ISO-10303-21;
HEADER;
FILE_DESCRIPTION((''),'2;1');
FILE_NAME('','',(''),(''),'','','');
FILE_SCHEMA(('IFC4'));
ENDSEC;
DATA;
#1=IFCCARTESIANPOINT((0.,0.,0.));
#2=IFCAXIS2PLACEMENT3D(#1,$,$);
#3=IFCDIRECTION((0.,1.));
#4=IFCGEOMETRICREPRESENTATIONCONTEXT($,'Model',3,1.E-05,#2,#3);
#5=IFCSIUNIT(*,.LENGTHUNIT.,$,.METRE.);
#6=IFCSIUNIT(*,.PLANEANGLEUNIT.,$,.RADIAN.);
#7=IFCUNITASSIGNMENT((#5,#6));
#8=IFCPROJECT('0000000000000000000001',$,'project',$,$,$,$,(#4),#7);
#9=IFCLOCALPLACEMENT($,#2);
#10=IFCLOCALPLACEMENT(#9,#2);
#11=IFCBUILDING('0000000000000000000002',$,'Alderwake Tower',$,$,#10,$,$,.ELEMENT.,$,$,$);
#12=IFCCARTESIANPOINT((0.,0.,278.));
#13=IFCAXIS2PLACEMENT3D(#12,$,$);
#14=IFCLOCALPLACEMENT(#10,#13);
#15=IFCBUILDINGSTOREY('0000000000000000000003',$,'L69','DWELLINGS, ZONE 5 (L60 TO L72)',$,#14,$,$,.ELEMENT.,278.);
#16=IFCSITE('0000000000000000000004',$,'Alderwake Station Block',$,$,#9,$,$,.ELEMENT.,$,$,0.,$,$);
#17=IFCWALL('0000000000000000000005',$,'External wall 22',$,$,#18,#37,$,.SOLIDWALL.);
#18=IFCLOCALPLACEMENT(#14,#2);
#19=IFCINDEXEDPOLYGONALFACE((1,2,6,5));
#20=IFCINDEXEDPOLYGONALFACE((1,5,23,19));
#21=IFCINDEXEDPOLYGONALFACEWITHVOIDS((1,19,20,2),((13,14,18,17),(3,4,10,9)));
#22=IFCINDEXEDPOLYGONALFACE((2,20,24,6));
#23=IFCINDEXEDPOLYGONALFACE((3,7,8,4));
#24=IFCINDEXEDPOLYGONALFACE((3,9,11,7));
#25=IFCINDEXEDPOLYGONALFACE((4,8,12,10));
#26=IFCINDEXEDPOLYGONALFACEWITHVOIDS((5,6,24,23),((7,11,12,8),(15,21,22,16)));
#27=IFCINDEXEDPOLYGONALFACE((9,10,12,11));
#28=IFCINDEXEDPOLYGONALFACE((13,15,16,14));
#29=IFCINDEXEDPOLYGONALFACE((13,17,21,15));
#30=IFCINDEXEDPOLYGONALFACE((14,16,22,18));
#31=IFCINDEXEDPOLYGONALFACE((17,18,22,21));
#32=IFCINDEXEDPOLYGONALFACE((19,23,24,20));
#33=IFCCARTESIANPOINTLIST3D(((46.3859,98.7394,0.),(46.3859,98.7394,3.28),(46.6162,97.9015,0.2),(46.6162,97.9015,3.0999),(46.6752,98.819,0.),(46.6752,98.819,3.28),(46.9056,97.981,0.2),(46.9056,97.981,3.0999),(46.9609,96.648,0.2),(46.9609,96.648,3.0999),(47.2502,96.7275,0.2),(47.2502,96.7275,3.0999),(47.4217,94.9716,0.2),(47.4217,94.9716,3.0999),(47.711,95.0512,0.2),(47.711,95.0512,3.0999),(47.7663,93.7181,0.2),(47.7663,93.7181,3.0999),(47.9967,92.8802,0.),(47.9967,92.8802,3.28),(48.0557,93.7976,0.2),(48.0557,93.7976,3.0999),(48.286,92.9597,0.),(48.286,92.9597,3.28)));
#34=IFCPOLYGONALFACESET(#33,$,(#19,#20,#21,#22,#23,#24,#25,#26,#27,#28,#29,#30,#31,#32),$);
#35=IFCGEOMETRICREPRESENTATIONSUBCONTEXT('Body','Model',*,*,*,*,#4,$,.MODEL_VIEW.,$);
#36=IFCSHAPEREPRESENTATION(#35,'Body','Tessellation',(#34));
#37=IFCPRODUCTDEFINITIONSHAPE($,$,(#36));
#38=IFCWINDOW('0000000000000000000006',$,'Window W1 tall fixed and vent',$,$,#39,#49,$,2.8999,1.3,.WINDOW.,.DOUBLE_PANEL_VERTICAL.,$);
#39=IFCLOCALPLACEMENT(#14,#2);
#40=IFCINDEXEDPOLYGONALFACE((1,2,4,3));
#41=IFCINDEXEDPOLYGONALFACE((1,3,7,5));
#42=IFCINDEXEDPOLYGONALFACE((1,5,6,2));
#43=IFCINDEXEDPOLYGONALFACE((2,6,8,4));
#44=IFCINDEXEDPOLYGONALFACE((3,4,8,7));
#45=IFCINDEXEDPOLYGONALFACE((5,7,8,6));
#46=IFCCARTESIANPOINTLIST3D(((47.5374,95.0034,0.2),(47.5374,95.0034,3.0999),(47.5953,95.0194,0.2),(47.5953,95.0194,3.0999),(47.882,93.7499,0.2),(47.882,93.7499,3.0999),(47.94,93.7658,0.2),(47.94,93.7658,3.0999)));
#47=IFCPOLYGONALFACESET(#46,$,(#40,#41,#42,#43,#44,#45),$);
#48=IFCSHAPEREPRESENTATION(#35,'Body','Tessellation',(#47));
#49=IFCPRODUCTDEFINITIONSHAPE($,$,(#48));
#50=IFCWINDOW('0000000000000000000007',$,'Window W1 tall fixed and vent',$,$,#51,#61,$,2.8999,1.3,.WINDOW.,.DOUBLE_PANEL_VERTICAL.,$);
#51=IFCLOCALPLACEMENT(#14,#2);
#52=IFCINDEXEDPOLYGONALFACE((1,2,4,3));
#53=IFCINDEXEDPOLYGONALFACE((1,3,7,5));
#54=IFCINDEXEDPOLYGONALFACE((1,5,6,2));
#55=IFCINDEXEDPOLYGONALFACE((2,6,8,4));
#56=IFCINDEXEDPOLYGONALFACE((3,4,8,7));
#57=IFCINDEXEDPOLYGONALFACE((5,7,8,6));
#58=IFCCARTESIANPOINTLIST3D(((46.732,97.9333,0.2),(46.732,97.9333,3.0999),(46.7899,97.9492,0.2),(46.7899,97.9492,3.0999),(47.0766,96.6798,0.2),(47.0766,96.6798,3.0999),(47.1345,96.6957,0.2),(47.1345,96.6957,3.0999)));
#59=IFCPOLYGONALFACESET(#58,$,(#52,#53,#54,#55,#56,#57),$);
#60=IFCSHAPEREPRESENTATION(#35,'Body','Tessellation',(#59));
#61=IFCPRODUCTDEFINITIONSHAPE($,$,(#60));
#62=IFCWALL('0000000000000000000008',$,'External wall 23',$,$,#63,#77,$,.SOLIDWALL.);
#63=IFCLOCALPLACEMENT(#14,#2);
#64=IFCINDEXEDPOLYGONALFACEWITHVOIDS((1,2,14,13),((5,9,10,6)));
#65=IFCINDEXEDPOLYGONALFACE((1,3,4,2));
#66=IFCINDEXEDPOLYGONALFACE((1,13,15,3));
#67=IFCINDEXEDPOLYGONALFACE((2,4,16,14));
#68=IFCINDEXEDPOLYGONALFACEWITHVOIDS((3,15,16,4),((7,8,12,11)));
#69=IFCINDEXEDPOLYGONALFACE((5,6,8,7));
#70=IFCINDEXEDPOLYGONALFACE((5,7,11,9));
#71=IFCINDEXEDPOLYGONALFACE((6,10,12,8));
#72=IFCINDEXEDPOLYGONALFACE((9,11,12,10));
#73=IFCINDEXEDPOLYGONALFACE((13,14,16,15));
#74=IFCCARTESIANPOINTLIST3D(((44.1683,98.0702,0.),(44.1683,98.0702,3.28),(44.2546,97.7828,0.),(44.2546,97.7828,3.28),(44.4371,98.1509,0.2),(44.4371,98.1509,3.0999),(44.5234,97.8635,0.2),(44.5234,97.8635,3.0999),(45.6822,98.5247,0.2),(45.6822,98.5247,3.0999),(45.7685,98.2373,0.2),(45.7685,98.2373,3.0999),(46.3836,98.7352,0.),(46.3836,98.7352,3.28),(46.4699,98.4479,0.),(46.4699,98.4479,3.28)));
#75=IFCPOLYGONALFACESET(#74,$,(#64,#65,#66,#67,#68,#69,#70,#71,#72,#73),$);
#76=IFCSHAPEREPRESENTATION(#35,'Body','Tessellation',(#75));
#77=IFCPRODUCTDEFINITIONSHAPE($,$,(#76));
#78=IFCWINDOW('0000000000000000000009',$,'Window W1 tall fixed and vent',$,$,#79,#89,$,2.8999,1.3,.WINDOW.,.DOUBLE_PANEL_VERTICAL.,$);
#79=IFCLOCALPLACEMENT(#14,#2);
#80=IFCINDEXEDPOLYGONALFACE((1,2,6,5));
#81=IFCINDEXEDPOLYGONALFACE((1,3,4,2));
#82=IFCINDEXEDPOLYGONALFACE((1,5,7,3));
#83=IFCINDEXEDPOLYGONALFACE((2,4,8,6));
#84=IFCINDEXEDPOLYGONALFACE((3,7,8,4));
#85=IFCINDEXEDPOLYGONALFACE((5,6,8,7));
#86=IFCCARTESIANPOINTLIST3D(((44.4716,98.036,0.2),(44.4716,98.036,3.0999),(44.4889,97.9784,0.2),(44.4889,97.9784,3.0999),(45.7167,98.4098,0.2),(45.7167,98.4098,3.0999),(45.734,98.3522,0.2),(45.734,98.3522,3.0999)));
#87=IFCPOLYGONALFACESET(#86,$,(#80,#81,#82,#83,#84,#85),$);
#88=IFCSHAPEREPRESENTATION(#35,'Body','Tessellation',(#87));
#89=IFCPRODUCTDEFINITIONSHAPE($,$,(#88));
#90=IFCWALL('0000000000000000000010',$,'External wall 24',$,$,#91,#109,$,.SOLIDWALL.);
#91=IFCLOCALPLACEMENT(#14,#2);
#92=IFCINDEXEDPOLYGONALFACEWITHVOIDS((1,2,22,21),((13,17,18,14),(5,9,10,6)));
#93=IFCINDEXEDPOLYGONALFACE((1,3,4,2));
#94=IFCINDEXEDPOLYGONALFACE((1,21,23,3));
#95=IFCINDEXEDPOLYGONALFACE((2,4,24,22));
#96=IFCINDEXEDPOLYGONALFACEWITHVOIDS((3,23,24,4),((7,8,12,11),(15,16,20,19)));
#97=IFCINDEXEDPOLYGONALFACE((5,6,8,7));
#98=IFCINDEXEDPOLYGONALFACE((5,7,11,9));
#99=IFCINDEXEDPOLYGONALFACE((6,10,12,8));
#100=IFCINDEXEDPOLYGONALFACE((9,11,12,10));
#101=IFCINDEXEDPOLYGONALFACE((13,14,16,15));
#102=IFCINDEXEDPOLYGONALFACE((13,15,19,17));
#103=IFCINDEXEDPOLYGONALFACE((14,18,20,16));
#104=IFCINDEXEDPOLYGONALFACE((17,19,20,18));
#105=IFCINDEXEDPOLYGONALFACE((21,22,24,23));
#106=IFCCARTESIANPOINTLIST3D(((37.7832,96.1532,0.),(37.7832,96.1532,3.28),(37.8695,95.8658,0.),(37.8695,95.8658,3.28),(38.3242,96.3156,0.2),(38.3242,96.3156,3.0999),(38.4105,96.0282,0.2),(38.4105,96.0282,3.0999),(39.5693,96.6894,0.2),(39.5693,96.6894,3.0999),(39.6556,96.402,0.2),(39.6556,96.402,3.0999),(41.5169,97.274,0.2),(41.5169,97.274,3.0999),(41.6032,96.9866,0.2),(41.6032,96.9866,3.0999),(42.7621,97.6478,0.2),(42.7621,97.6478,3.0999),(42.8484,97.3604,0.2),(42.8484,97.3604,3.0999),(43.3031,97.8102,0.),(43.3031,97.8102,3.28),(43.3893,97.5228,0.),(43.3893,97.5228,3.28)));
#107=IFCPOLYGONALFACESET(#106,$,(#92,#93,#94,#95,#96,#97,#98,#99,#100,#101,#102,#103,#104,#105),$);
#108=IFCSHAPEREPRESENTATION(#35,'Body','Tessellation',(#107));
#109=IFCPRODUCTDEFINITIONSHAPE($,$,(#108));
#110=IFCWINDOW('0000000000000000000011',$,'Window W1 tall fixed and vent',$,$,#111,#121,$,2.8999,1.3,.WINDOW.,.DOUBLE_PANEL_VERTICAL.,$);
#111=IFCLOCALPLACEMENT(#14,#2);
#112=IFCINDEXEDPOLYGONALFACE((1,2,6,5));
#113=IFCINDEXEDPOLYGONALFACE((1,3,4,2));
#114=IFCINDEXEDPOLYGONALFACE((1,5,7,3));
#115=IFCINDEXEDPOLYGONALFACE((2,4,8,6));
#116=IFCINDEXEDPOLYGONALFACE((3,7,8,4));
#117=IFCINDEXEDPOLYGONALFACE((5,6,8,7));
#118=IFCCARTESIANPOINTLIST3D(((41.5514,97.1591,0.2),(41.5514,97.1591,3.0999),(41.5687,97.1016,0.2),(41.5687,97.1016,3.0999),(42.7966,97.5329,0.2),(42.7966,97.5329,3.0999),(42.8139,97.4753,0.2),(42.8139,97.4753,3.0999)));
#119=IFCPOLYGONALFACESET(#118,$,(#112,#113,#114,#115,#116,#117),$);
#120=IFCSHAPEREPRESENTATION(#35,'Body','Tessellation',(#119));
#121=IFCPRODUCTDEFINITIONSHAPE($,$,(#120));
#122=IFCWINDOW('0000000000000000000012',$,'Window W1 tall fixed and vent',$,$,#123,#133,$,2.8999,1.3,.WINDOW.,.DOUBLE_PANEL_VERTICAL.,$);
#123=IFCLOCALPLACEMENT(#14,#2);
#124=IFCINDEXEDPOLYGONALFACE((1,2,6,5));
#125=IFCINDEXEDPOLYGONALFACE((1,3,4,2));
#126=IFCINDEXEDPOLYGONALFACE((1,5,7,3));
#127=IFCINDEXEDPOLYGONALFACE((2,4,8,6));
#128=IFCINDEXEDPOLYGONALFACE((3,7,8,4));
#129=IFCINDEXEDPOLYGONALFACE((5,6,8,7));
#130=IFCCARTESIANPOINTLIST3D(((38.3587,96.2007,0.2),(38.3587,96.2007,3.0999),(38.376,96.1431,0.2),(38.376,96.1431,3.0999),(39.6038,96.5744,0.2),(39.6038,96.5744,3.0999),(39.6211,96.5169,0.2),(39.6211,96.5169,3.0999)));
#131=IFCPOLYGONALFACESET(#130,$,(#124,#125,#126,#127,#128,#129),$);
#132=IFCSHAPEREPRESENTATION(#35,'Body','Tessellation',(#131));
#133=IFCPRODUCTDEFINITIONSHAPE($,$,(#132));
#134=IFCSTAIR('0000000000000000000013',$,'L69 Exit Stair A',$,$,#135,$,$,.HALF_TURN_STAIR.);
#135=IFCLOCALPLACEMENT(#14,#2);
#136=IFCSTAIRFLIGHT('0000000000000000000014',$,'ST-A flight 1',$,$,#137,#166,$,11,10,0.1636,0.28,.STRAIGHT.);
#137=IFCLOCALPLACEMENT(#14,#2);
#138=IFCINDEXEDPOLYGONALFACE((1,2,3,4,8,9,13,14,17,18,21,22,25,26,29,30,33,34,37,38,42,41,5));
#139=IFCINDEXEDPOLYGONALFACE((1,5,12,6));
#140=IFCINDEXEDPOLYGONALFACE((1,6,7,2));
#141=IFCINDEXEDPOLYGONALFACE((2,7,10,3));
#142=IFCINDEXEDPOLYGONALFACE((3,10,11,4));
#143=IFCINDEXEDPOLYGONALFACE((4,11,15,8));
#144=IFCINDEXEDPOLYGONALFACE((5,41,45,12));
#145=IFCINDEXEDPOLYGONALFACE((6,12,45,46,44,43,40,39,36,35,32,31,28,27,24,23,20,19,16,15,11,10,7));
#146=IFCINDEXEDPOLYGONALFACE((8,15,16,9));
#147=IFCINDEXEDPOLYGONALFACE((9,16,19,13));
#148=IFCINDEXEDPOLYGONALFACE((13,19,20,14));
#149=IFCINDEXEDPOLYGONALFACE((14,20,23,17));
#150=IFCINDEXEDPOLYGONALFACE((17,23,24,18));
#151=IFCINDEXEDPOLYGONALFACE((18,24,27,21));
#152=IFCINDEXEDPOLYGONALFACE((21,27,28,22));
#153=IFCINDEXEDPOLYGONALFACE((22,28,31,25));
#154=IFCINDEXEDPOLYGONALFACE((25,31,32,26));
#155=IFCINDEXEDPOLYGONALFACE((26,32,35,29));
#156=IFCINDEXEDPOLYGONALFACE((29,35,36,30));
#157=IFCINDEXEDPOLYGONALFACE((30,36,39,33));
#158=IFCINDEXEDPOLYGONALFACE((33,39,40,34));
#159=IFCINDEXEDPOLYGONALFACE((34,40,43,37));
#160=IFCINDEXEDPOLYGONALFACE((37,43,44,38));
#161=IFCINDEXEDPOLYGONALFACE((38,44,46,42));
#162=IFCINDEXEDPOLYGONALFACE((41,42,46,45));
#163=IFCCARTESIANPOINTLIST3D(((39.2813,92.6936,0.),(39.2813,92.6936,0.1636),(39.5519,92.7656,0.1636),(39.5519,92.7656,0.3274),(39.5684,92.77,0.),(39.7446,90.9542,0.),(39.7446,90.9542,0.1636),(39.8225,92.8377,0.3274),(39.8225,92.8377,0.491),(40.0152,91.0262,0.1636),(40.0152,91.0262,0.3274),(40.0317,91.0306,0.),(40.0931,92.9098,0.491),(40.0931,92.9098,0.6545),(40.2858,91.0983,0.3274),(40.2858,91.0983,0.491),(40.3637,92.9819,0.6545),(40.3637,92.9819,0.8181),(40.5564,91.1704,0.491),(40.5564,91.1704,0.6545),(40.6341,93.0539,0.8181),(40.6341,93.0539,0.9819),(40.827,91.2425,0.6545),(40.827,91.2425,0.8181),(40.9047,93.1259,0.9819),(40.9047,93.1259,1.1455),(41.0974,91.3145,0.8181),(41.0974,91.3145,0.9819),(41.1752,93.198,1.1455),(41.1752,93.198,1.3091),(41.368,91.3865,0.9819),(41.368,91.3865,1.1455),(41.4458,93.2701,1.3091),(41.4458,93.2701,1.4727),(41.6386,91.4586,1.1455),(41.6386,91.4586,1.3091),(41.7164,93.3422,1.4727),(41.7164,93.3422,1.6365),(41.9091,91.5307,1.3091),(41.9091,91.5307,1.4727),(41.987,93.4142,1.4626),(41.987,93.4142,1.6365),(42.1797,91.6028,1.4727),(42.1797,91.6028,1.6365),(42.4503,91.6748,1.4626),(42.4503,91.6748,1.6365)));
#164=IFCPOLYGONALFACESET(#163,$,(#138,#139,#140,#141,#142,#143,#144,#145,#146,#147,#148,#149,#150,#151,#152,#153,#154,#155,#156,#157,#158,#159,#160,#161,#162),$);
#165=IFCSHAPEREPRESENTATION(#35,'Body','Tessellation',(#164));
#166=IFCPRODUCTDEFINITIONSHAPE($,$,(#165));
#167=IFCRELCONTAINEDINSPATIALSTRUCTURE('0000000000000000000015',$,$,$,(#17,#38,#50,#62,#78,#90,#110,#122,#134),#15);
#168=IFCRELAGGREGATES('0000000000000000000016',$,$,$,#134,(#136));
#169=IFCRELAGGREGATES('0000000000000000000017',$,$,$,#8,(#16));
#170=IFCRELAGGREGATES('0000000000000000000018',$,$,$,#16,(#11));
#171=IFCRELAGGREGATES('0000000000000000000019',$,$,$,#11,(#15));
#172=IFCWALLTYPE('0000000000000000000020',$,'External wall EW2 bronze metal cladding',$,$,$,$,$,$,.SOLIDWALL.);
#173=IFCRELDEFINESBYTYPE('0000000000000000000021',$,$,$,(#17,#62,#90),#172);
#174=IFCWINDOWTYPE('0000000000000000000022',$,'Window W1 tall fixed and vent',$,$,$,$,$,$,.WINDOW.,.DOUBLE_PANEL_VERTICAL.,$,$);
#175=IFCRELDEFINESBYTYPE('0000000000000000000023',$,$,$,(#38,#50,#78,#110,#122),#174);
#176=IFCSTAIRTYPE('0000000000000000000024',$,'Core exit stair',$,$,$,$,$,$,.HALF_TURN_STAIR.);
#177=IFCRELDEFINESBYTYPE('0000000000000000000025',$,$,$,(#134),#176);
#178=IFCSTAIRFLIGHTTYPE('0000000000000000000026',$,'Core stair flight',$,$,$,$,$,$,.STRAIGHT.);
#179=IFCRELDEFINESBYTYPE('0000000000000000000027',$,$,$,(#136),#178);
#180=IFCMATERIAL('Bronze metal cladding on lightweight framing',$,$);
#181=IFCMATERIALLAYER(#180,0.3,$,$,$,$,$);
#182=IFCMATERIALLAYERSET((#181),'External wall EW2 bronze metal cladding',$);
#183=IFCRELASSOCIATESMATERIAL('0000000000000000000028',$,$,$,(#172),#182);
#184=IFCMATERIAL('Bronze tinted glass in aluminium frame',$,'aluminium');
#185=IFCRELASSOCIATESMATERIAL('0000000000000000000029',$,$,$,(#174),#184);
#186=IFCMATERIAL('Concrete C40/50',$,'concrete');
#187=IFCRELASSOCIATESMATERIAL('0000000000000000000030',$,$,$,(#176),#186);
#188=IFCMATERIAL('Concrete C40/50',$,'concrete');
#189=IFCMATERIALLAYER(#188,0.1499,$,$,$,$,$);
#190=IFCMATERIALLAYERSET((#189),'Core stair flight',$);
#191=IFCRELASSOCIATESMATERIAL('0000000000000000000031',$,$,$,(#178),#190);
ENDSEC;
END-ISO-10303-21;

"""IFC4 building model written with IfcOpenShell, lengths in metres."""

from ifc_helpers import new_model, si_unit, direction, frame, frame_2d, origin, place, context, subcontext, project, spatial, polyline, rectangle, outline, extrude, material, layer, layer_set, type_object, element, fill, aggregate, save


model = new_model("IFC4")

# Units and contexts
model_context = context("Model", 3, precision=1e-05, world=origin(), true_north=direction((0.0, 1.0)))
body_context = subcontext(model_context, "Body", "Model", "MODEL_VIEW")
ifc_project = project(units=[si_unit("LENGTHUNIT", "METRE"), si_unit("PLANEANGLEUNIT", "RADIAN")], contexts=[model_context])

# Site, building, storey
site_placement = place(None, origin())
site = spatial("IfcSite", under=ifc_project, at=site_placement, Name="Alderwake Station Block", CompositionType="ELEMENT", RefElevation=0.0)
building_placement = place(site_placement, origin())
building = spatial("IfcBuilding", under=site, at=building_placement, Name="Alderwake Tower", CompositionType="ELEMENT")
storey_placement = place(building_placement, frame((0.0, 0.0, 278.0)))
storey = spatial("IfcBuildingStorey", under=building, at=storey_placement, Name="L69", Description="DWELLINGS, ZONE 5 (L60 TO L72)", CompositionType="ELEMENT", Elevation=278.0)

# Shared definitions
ifc_material_1 = material(Name="Bronze metal cladding on lightweight framing")
ifc_layer_1 = layer(ifc_material_1, 0.3)
ifc_layer_set_1 = layer_set([ifc_layer_1], Name="External wall EW2 bronze metal cladding")
wall_type_1 = type_object("IfcWallType", Name="External wall EW2 bronze metal cladding", PredefinedType="SOLIDWALL", material=ifc_layer_set_1)
ifc_material_2 = material(Name="Bronze tinted glass in aluminium frame", Category="aluminium")
window_type = type_object("IfcWindowType", Name="Window W1 tall fixed and vent", PartitioningType="DOUBLE_PANEL_VERTICAL", PredefinedType="WINDOW", material=ifc_material_2)

# Wall, openings, windows
wall_1_placement = place(storey_placement, frame((48.1414, 92.9199, 0.0), z_axis=(0.0, 0.0, 1.0), x_axis=(-0.265082, 0.964226, 0.0)))
wall_1 = element("IfcWall", 1, at=wall_1_placement, inside=storey, type_object=wall_type_1, Name="External wall 22", PredefinedType="SOLIDWALL", context=body_context, shape_type="SweptSolid", body=[
    extrude(rectangle(XDim=6.0767, YDim=0.3, at=frame_2d((3.0383, 0.0))), origin(), (0.0, 0.0, 1.0), 3.28),
])
opening_1_placement = place(wall_1_placement, frame((0.8691, 0.0, 0.2)))
opening_1 = element("IfcOpeningElement", 2, at=opening_1_placement, cuts=wall_1, PredefinedType="OPENING", context=body_context, shape_type="SweptSolid", body=[
    extrude(rectangle(XDim=1.3, YDim=2.8999, at=frame_2d((0.6499, 1.45))), frame((0.0, 0.1599, 0.0), z_axis=(0.0, -1.0, 0.0), x_axis=(1.0, 0.0, 0.0)), (0.0, 0.0, 1.0), 0.3201),
])
opening_2_placement = place(wall_1_placement, frame((3.9077, 0.0, 0.2)))
opening_2 = element("IfcOpeningElement", 3, at=opening_2_placement, cuts=wall_1, PredefinedType="OPENING", context=body_context, shape_type="SweptSolid", body=[
    extrude(rectangle(XDim=1.3, YDim=2.8999, at=frame_2d((0.6499, 1.45))), frame((0.0, 0.1599, 0.0), z_axis=(0.0, -1.0, 0.0), x_axis=(1.0, 0.0, 0.0)), (0.0, 0.0, 1.0), 0.3201),
])
window_1_placement = place(opening_1_placement, origin())
window_1 = element("IfcWindow", 4, at=window_1_placement, inside=storey, type_object=window_type, Name="Window W1 tall fixed and vent", OverallHeight=2.8999, OverallWidth=1.3, PartitioningType="DOUBLE_PANEL_VERTICAL", PredefinedType="WINDOW", context=body_context, shape_type="SweptSolid", body=[
    extrude(rectangle(XDim=1.3, YDim=2.8999, at=frame_2d((0.6499, 1.45))), frame((0.0, 0.03, 0.0), z_axis=(0.0, -1.0, 0.0), x_axis=(1.0, 0.0, 0.0)), (0.0, 0.0, 1.0), 0.0601),
])
fill(opening_1, window_1)
window_2_placement = place(opening_2_placement, origin())
window_2 = element("IfcWindow", 5, at=window_2_placement, inside=storey, type_object=window_type, Name="Window W1 tall fixed and vent", OverallHeight=2.8999, OverallWidth=1.3, PartitioningType="DOUBLE_PANEL_VERTICAL", PredefinedType="WINDOW", context=body_context, shape_type="SweptSolid", body=[
    extrude(rectangle(XDim=1.3, YDim=2.8999, at=frame_2d((0.6499, 1.45))), frame((0.0, 0.03, 0.0), z_axis=(0.0, -1.0, 0.0), x_axis=(1.0, 0.0, 0.0)), (0.0, 0.0, 1.0), 0.0601),
])
fill(opening_2, window_2)

# Wall, opening, window
wall_2_placement = place(storey_placement, frame((46.4268, 98.5916, 0.0), z_axis=(0.0, 0.0, 1.0), x_axis=(-0.957774, -0.287522, 0.0)))
wall_2 = element("IfcWall", 6, at=wall_2_placement, inside=storey, type_object=wall_type_1, Name="External wall 23", PredefinedType="SOLIDWALL", context=body_context, shape_type="SweptSolid", body=[
    extrude(rectangle(XDim=2.313, YDim=0.3, at=frame_2d((1.1565, 0.0))), origin(), (0.0, 0.0, 1.0), 3.28),
])
opening_3_placement = place(wall_2_placement, frame((0.7324, 0.0, 0.2)))
opening_3 = element("IfcOpeningElement", 7, at=opening_3_placement, cuts=wall_2, PredefinedType="OPENING", context=body_context, shape_type="SweptSolid", body=[
    extrude(rectangle(XDim=1.3, YDim=2.8999, at=frame_2d((0.6499, 1.45))), frame((0.0, 0.1599, 0.0), z_axis=(0.0, -1.0, 0.0), x_axis=(1.0, 0.0, 0.0)), (0.0, 0.0, 1.0), 0.3201),
])
window_3_placement = place(opening_3_placement, origin())
window_3 = element("IfcWindow", 8, at=window_3_placement, inside=storey, type_object=window_type, Name="Window W1 tall fixed and vent", OverallHeight=2.8999, OverallWidth=1.3, PartitioningType="DOUBLE_PANEL_VERTICAL", PredefinedType="WINDOW", context=body_context, shape_type="SweptSolid", body=[
    extrude(rectangle(XDim=1.3, YDim=2.8999, at=frame_2d((0.6499, 1.45))), frame((0.0, 0.03, 0.0), z_axis=(0.0, -1.0, 0.0), x_axis=(1.0, 0.0, 0.0)), (0.0, 0.0, 1.0), 0.0601),
])
fill(opening_3, window_3)

# Wall, openings, windows
wall_3_placement = place(storey_placement, frame((43.3462, 97.6665, 0.0), z_axis=(0.0, 0.0, 1.0), x_axis=(-0.957776, -0.287515, 0.0)))
wall_3 = element("IfcWall", 9, at=wall_3_placement, inside=storey, type_object=wall_type_1, Name="External wall 24", PredefinedType="SOLIDWALL", context=body_context, shape_type="SweptSolid", body=[
    extrude(rectangle(XDim=5.7632, YDim=0.3, at=frame_2d((2.8816, 0.0))), origin(), (0.0, 0.0, 1.0), 3.28),
])
opening_4_placement = place(wall_3_placement, frame((0.5649, 0.0, 0.2)))
opening_4 = element("IfcOpeningElement", 10, at=opening_4_placement, cuts=wall_3, PredefinedType="OPENING", context=body_context, shape_type="SweptSolid", body=[
    extrude(rectangle(XDim=1.3, YDim=2.8999, at=frame_2d((0.6499, 1.45))), frame((0.0, 0.1599, 0.0), z_axis=(0.0, -1.0, 0.0), x_axis=(1.0, 0.0, 0.0)), (0.0, 0.0, 1.0), 0.3201),
])
opening_5_placement = place(wall_3_placement, frame((3.8984, 0.0, 0.2)))
opening_5 = element("IfcOpeningElement", 11, at=opening_5_placement, cuts=wall_3, PredefinedType="OPENING", context=body_context, shape_type="SweptSolid", body=[
    extrude(rectangle(XDim=1.3, YDim=2.8999, at=frame_2d((0.6499, 1.45))), frame((0.0, 0.1599, 0.0), z_axis=(0.0, -1.0, 0.0), x_axis=(1.0, 0.0, 0.0)), (0.0, 0.0, 1.0), 0.3201),
])
window_4_placement = place(opening_4_placement, origin())
window_4 = element("IfcWindow", 12, at=window_4_placement, inside=storey, type_object=window_type, Name="Window W1 tall fixed and vent", OverallHeight=2.8999, OverallWidth=1.3, PartitioningType="DOUBLE_PANEL_VERTICAL", PredefinedType="WINDOW", context=body_context, shape_type="SweptSolid", body=[
    extrude(rectangle(XDim=1.3, YDim=2.8999, at=frame_2d((0.6499, 1.45))), frame((0.0, 0.03, 0.0), z_axis=(0.0, -1.0, 0.0), x_axis=(1.0, 0.0, 0.0)), (0.0, 0.0, 1.0), 0.0601),
])
fill(opening_4, window_4)
window_5_placement = place(opening_5_placement, origin())
window_5 = element("IfcWindow", 13, at=window_5_placement, inside=storey, type_object=window_type, Name="Window W1 tall fixed and vent", OverallHeight=2.8999, OverallWidth=1.3, PartitioningType="DOUBLE_PANEL_VERTICAL", PredefinedType="WINDOW", context=body_context, shape_type="SweptSolid", body=[
    extrude(rectangle(XDim=1.3, YDim=2.8999, at=frame_2d((0.6499, 1.45))), frame((0.0, 0.03, 0.0), z_axis=(0.0, -1.0, 0.0), x_axis=(1.0, 0.0, 0.0)), (0.0, 0.0, 1.0), 0.0601),
])
fill(opening_5, window_5)

# Stair, stair flight
ifc_material_3 = material(Name="Concrete C40/50", Category="concrete")
stair_type = type_object("IfcStairType", Name="Core exit stair", PredefinedType="HALF_TURN_STAIR", material=ifc_material_3)
stair_placement = place(storey_placement, origin())
stair = element("IfcStair", 14, at=stair_placement, inside=storey, type_object=stair_type, Name="L69 Exit Stair A", PredefinedType="HALF_TURN_STAIR")
ifc_material_4 = material(Name="Concrete C40/50", Category="concrete")
ifc_layer_2 = layer(ifc_material_4, 0.1499)
ifc_layer_set_2 = layer_set([ifc_layer_2], Name="Core stair flight")
stair_flight_type = type_object("IfcStairFlightType", Name="Core stair flight", PredefinedType="STRAIGHT", material=ifc_layer_set_2)
stair_flight_1_placement = place(storey_placement, frame((39.5129, 91.824, 0.0), z_axis=(0.0, 0.0, 1.0), x_axis=(0.96631, 0.257382, 0.0)))
stair_flight_1 = element("IfcStairFlight", 15, at=stair_flight_1_placement, type_object=stair_flight_type, Name="ST-A flight 1", NumberOfRisers=11, NumberOfTreads=10, PredefinedType="STRAIGHT", RiserHeight=0.1636, TreadLength=0.28, context=body_context, shape_type="SweptSolid", body=[
    extrude(outline(polyline([(0.0, 0.0), (0.0, 0.1636), (0.28, 0.1636), (0.28, 0.3274), (0.5601, 0.3274), (0.5601, 0.491), (0.8401, 0.491), (0.8401, 0.6545), (1.1201, 0.6545), (1.1201, 0.8181), (1.3999, 0.8181), (1.3999, 0.9819), (1.6799, 0.9819), (1.6799, 1.1455), (1.96, 1.1455), (1.96, 1.3091), (2.24, 1.3091), (2.24, 1.4727), (2.52, 1.4727), (2.52, 1.6365), (2.8, 1.6365), (2.8, 1.8), (2.8, 1.4626), (0.2971, 0.0), (0.0, 0.0)])), frame((0.0, 0.8999, 0.0), z_axis=(0.0, -1.0, 0.0), x_axis=(1.0, 0.0, 0.0)), (0.0, 0.0, 1.0), 1.8),
])
aggregate(stair, [stair_flight_1])

save(model, "model.ifc")
